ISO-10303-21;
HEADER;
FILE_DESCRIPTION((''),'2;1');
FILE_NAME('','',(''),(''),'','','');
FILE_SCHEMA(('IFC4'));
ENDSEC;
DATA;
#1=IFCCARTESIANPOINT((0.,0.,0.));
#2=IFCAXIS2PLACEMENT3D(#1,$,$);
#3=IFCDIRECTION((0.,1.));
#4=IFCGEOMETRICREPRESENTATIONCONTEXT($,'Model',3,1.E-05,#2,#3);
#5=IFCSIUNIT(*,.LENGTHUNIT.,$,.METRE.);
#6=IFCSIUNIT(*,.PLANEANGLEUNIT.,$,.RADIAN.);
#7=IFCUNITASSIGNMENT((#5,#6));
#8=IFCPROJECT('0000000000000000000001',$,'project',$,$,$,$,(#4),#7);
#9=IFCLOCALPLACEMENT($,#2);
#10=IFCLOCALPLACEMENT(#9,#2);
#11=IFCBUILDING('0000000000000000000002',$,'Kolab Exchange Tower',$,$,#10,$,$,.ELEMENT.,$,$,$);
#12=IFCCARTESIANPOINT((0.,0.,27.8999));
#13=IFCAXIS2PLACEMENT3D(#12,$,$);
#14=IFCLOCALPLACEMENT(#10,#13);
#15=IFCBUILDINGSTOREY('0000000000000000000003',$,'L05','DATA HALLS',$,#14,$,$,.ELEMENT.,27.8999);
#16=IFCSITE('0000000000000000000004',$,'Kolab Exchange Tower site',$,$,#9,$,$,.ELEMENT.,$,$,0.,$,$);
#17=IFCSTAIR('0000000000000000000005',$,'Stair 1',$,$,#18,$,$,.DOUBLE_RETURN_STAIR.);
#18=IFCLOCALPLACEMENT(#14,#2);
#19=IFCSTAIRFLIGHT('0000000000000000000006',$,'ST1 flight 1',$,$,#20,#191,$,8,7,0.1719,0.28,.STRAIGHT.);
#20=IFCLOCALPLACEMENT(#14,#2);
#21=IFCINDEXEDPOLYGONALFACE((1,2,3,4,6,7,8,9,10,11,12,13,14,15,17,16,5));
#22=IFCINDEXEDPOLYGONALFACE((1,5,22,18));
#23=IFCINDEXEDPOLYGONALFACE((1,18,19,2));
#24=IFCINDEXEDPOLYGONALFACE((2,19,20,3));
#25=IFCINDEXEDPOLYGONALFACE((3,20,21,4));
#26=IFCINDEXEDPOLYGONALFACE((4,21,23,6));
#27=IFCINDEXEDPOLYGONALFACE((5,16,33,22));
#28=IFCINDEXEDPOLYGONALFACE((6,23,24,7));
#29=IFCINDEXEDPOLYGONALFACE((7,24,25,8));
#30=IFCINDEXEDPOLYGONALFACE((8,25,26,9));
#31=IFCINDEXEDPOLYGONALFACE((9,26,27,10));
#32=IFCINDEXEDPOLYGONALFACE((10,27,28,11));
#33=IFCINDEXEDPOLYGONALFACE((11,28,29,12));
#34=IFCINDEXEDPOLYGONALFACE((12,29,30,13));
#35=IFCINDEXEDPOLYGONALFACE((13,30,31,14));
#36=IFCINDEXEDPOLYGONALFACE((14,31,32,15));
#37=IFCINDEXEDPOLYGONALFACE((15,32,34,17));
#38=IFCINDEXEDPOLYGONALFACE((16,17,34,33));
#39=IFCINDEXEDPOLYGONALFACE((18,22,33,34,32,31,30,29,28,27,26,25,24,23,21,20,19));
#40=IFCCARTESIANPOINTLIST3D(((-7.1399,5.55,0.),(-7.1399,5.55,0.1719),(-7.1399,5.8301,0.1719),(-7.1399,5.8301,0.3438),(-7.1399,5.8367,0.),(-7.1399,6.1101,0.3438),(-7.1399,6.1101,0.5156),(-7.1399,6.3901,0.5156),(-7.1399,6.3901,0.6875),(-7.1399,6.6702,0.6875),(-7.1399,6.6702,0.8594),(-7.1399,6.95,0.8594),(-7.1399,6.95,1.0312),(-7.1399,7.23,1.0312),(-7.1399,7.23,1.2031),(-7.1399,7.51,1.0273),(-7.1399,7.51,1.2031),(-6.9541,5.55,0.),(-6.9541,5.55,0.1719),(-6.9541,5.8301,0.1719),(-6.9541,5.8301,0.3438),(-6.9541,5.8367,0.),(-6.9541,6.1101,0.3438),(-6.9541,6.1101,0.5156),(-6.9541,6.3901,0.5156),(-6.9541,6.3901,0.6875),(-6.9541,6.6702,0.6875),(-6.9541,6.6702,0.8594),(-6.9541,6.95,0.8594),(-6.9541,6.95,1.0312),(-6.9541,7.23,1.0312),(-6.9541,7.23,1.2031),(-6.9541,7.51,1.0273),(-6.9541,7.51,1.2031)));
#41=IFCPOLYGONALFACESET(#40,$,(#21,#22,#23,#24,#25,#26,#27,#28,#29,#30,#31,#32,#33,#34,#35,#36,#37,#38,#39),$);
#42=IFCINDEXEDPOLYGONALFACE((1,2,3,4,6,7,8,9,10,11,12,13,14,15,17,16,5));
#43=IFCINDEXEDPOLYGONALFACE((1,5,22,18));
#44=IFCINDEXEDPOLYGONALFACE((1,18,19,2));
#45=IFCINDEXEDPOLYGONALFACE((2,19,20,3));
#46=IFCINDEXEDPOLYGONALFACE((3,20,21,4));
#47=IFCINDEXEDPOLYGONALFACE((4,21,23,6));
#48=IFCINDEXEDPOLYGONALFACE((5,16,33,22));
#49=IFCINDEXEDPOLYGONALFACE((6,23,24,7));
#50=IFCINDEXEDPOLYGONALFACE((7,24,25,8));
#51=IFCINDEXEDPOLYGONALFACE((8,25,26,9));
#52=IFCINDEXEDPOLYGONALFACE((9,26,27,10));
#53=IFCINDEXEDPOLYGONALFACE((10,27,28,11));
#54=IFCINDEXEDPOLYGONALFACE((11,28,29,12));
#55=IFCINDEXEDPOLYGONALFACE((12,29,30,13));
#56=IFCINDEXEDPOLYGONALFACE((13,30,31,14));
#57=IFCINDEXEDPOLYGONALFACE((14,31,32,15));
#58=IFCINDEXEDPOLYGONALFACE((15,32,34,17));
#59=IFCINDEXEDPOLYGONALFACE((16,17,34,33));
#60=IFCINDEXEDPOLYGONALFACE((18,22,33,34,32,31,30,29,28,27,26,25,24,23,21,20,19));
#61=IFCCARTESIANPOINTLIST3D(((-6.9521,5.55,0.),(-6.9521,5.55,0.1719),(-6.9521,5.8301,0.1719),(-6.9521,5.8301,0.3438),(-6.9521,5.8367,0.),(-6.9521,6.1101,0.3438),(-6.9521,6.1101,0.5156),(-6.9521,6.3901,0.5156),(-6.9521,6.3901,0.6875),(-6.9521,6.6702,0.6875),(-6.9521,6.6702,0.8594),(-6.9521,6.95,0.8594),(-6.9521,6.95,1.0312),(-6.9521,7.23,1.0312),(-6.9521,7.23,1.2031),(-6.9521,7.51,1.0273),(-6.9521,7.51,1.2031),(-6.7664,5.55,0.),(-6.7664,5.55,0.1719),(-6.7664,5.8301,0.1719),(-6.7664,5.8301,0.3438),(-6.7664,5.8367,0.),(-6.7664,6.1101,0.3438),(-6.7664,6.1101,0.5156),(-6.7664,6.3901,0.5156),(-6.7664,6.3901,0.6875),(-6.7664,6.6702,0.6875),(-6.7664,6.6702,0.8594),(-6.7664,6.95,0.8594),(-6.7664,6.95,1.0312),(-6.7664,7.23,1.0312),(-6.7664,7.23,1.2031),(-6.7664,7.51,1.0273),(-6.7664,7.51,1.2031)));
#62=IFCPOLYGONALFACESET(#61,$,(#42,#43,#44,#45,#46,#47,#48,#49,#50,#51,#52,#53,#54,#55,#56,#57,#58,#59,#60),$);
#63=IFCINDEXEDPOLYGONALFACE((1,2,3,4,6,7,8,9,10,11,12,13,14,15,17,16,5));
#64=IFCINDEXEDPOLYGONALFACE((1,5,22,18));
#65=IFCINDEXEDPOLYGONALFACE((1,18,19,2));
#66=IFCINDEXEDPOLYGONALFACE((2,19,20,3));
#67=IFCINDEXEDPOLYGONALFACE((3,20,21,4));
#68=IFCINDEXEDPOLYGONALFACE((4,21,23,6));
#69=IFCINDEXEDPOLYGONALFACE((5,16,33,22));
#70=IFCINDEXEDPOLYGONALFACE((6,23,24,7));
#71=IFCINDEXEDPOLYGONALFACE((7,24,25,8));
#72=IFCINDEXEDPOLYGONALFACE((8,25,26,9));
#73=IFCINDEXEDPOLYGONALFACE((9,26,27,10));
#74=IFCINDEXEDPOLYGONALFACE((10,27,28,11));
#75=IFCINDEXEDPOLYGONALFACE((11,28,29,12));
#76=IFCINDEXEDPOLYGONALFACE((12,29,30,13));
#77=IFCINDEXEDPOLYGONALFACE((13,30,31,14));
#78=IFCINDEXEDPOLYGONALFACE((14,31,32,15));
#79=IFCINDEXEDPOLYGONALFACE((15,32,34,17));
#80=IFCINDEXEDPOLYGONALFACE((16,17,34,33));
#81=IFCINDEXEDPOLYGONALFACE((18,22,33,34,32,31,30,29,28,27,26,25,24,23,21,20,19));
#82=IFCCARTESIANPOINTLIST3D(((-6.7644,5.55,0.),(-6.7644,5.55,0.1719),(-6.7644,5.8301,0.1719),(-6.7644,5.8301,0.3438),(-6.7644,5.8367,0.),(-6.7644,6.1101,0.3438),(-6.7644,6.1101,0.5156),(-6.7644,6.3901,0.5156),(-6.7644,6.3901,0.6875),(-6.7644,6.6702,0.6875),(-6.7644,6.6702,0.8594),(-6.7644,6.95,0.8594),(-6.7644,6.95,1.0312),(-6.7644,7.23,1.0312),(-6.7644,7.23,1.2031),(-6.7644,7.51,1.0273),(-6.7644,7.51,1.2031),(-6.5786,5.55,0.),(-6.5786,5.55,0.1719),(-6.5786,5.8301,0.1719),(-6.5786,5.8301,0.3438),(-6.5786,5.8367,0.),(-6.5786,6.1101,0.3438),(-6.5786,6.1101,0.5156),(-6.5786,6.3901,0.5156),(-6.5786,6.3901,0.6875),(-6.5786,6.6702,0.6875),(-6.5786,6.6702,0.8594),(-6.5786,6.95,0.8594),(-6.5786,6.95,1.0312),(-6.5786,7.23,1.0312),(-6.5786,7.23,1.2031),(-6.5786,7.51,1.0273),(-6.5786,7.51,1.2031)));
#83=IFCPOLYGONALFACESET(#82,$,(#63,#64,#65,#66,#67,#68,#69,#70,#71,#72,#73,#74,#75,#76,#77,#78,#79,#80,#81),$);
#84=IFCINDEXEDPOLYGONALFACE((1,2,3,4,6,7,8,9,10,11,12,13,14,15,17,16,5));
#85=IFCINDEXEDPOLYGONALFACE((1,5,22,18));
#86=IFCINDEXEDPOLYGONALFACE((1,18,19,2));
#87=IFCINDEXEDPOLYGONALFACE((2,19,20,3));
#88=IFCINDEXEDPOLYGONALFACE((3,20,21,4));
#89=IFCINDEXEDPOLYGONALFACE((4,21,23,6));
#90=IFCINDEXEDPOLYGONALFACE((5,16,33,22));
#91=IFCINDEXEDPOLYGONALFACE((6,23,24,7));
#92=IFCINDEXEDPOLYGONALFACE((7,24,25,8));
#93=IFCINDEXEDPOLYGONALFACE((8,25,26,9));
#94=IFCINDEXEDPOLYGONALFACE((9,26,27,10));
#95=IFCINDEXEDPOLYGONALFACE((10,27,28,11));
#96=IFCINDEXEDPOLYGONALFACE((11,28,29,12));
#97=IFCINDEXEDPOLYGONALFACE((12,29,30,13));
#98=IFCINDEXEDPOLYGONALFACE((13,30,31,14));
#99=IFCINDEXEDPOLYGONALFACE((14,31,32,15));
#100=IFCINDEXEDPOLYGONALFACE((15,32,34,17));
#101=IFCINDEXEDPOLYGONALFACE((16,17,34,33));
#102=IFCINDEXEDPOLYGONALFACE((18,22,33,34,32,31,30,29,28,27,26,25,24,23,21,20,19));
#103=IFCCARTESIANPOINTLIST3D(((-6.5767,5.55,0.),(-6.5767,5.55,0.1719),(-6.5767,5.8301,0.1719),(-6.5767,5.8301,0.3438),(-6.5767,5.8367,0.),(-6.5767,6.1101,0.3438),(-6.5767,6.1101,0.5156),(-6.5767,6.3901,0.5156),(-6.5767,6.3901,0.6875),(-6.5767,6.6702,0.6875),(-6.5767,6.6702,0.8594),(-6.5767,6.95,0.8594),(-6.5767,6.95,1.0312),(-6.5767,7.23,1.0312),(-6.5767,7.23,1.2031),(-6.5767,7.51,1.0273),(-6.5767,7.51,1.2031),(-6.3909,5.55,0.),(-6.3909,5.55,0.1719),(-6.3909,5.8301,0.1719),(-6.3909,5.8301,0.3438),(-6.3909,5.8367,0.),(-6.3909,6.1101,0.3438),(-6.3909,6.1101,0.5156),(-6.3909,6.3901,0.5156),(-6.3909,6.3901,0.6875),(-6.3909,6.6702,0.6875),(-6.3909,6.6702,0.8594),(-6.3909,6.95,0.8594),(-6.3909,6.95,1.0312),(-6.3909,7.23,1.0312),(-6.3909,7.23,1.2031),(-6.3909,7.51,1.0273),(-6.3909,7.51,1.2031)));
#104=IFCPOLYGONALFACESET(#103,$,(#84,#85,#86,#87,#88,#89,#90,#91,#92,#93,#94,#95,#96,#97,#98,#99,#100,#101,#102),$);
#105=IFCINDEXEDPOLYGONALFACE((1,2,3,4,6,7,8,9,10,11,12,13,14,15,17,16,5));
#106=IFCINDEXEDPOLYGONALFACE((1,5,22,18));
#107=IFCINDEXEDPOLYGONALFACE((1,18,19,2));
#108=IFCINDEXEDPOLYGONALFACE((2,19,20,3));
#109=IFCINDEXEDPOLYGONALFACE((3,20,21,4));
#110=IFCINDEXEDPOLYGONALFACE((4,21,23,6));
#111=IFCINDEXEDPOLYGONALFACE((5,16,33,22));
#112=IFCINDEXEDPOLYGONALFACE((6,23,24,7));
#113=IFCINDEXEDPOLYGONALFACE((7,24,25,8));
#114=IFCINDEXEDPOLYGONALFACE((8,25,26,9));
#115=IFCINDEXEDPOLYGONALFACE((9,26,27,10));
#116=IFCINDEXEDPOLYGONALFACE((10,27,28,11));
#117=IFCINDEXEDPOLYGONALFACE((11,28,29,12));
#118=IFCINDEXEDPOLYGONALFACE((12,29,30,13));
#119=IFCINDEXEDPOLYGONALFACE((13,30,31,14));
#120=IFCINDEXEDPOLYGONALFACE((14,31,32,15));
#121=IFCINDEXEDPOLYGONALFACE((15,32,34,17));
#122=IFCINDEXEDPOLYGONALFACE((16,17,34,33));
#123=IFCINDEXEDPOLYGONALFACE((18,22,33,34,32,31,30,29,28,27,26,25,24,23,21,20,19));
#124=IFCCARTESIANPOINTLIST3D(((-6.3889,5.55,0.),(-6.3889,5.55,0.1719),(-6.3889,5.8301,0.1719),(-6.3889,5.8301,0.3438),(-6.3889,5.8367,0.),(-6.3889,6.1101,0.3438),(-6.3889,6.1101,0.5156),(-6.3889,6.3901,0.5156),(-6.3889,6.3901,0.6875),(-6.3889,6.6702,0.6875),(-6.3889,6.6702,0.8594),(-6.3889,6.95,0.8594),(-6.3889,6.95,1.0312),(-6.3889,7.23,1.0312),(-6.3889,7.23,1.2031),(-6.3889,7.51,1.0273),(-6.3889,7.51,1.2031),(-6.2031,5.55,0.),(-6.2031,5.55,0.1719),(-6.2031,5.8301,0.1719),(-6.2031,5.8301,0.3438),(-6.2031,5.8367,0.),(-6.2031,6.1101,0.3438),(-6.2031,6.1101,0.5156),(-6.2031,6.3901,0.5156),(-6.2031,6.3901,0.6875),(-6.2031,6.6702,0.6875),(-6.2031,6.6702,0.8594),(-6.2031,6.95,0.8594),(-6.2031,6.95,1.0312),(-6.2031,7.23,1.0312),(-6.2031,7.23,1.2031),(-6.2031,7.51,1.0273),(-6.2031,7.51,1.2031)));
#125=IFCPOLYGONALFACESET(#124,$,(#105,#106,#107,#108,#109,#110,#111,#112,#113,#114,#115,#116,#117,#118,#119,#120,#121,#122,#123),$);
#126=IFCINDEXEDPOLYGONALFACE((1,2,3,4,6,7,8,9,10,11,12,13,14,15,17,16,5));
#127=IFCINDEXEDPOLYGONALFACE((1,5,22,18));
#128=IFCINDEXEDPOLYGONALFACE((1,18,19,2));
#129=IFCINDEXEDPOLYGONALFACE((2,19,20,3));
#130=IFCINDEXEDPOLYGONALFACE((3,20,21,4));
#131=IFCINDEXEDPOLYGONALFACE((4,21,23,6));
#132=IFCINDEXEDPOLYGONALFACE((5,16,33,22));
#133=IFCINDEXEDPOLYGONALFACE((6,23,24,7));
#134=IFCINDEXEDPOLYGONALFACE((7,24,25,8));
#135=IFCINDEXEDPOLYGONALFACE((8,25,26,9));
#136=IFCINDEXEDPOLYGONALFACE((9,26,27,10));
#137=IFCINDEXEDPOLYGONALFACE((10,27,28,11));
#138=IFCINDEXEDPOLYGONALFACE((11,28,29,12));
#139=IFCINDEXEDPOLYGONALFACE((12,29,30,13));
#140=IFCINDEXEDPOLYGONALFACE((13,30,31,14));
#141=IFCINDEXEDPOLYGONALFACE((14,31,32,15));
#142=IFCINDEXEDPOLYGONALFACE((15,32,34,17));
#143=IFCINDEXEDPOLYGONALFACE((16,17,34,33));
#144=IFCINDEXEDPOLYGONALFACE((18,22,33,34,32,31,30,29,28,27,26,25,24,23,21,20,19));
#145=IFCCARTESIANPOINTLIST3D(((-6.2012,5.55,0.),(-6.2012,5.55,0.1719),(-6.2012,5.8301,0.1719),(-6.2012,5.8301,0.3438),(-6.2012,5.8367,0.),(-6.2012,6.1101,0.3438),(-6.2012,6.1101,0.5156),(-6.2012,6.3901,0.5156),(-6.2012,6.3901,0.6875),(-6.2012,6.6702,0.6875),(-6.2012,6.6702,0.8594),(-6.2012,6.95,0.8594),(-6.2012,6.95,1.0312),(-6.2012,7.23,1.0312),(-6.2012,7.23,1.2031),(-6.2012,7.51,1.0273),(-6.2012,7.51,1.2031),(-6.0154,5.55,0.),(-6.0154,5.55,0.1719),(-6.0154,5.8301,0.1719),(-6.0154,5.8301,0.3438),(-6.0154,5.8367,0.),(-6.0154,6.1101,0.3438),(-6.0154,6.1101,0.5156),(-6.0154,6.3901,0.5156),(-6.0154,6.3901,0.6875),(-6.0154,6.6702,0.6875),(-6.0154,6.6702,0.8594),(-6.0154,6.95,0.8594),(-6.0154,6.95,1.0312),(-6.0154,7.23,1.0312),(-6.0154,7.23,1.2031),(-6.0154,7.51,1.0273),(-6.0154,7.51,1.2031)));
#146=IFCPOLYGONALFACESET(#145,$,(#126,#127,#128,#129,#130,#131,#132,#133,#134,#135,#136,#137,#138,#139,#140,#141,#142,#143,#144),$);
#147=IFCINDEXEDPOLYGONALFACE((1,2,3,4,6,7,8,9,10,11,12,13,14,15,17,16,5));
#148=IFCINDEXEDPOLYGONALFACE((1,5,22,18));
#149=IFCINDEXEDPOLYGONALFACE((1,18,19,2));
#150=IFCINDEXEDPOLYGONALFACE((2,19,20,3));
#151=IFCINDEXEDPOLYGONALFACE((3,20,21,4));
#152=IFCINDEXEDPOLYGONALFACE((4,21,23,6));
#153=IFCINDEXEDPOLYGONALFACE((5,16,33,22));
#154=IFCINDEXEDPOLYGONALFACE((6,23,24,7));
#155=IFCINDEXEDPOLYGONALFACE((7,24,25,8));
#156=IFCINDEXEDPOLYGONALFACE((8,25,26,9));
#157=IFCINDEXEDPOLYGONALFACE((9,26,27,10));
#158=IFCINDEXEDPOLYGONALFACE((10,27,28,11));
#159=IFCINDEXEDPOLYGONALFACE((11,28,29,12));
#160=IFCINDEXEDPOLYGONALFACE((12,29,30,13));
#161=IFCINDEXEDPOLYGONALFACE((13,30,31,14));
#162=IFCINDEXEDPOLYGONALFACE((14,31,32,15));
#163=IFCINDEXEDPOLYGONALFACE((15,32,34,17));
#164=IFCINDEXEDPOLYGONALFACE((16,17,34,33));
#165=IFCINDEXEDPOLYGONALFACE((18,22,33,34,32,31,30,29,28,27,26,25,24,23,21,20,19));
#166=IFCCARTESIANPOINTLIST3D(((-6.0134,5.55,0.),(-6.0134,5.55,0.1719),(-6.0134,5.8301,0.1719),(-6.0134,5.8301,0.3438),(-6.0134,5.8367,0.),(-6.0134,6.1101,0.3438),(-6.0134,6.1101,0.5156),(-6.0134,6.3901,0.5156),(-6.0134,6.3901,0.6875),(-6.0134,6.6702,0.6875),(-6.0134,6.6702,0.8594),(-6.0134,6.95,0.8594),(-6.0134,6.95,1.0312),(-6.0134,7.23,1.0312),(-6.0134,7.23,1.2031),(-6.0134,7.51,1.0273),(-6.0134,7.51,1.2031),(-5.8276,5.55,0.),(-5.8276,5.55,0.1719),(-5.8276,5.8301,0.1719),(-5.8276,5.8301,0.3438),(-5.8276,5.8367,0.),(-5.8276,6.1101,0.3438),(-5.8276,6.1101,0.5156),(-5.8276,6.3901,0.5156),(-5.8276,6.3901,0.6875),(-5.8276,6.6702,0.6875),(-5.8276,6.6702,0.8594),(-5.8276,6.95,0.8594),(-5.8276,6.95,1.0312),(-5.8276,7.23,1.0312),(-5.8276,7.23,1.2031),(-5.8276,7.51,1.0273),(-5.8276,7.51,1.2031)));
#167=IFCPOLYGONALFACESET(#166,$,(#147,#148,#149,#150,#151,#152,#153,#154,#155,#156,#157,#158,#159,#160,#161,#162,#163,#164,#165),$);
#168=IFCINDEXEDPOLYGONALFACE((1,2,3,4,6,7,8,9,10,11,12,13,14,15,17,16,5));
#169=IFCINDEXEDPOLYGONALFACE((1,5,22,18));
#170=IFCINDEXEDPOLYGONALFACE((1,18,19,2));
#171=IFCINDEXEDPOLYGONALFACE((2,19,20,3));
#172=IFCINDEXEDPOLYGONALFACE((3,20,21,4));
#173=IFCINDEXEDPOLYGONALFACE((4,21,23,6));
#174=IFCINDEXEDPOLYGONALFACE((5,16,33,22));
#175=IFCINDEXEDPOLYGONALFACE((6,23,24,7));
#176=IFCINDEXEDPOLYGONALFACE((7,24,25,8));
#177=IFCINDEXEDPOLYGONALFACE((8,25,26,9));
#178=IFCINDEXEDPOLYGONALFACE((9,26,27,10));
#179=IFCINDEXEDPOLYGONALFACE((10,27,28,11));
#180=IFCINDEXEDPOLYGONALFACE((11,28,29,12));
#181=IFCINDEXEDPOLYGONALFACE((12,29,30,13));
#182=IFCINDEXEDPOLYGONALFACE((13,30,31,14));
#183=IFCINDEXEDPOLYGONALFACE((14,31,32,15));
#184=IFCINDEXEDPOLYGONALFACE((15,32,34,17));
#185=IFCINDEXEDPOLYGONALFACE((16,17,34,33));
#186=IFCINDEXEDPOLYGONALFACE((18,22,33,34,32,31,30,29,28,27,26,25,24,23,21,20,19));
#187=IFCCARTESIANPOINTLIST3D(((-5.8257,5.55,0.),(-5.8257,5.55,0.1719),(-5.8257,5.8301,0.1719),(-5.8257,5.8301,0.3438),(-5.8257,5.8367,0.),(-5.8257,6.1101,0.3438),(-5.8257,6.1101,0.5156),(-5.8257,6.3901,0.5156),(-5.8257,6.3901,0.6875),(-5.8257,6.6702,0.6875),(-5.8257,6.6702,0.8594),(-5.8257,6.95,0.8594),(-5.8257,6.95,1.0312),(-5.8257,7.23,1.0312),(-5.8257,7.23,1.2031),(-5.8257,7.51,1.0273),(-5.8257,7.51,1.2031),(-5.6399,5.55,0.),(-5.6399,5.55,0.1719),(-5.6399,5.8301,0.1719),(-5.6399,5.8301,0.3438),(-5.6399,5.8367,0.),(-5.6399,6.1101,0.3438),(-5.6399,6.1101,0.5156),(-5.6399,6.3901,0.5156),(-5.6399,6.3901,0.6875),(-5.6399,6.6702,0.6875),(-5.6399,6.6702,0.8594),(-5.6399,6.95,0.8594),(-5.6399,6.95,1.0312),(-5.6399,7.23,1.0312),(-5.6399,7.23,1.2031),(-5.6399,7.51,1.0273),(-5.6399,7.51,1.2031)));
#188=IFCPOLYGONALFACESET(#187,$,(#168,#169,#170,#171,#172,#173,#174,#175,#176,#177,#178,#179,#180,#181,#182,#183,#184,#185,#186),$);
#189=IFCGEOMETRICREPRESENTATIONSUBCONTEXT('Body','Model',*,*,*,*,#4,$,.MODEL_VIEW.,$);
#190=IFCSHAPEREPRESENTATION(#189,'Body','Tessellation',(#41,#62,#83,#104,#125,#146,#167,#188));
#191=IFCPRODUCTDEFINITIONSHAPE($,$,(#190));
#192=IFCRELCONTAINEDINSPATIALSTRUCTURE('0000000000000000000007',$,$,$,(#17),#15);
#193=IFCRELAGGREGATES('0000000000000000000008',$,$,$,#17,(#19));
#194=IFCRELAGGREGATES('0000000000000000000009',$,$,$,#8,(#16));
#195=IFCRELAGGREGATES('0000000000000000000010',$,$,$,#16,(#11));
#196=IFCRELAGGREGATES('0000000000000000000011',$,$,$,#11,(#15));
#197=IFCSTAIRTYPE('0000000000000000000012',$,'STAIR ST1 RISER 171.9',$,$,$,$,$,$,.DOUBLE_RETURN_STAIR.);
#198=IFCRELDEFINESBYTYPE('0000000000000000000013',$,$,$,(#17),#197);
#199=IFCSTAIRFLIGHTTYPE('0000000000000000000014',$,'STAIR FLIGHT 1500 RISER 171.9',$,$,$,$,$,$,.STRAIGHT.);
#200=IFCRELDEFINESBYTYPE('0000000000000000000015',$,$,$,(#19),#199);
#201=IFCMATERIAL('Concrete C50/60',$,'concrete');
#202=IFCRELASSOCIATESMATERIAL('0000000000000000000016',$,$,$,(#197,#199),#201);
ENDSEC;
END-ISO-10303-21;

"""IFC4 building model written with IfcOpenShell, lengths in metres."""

from ifc_helpers import new_model, si_unit, direction, frame, origin, place, context, subcontext, project, spatial, polyline, outline, extrude, material, type_object, element, aggregate, save


model = new_model("IFC4")

# Units and contexts
model_context = context("Model", 3, precision=1e-05, world=origin(), true_north=direction((0.0, 1.0)))
body_context = subcontext(model_context, "Body", "Model", "MODEL_VIEW")
ifc_project = project(units=[si_unit("LENGTHUNIT", "METRE"), si_unit("PLANEANGLEUNIT", "RADIAN")], contexts=[model_context])

# Site, building, storey
site_placement = place(None, origin())
site = spatial("IfcSite", under=ifc_project, at=site_placement, Name="Kolab Exchange Tower site", CompositionType="ELEMENT", RefElevation=0.0)
building_placement = place(site_placement, origin())
building = spatial("IfcBuilding", under=site, at=building_placement, Name="Kolab Exchange Tower", CompositionType="ELEMENT")
storey_placement = place(building_placement, frame((0.0, 0.0, 27.8999)))
storey = spatial("IfcBuildingStorey", under=building, at=storey_placement, Name="L05", Description="DATA HALLS", CompositionType="ELEMENT", Elevation=27.8999)

# Shared definitions
ifc_material_1 = material(Name="Concrete C50/60", Category="concrete")

# Stair, stair flight
stair_type = type_object("IfcStairType", Name="STAIR ST1 RISER 171.9", PredefinedType="DOUBLE_RETURN_STAIR", material=ifc_material_1)
stair_placement = place(storey_placement, origin())
stair = element("IfcStair", 1, at=stair_placement, inside=storey, type_object=stair_type, Name="Stair 1", PredefinedType="DOUBLE_RETURN_STAIR")
stair_flight_type = type_object("IfcStairFlightType", Name="STAIR FLIGHT 1500 RISER 171.9", PredefinedType="STRAIGHT", material=ifc_material_1)
stair_flight_1_placement = place(storey_placement, frame((-6.3899, 5.55, 0.0), z_axis=(0.0, 0.0, 1.0), x_axis=(0.0, 1.0, 0.0)))
stair_flight_1 = element("IfcStairFlight", 2, at=stair_flight_1_placement, type_object=stair_flight_type, Name="ST1 flight 1", NumberOfRisers=8, NumberOfTreads=7, PredefinedType="STRAIGHT", RiserHeight=0.1719, TreadLength=0.28, context=body_context, shape_type="SweptSolid", body=[
    extrude(outline(polyline([(0.0, 0.0), (0.0, 0.1719), (0.28, 0.1719), (0.28, 0.3438), (0.5601, 0.3438), (0.5601, 0.5156), (0.8401, 0.5156), (0.8401, 0.6875), (1.1201, 0.6875), (1.1201, 0.8594), (1.3999, 0.8594), (1.3999, 1.0312), (1.6799, 1.0312), (1.6799, 1.2031), (1.96, 1.2031), (1.96, 1.375), (1.96, 1.0273), (0.2866, 0.0), (0.0, 0.0)])), frame((0.0, 0.75, 0.0), z_axis=(0.0, -1.0, 0.0), x_axis=(1.0, 0.0, 0.0)), (0.0, 0.0, 1.0), 0.1858),
    extrude(outline(polyline([(0.0, 0.0), (0.0, 0.1719), (0.28, 0.1719), (0.28, 0.3438), (0.5601, 0.3438), (0.5601, 0.5156), (0.8401, 0.5156), (0.8401, 0.6875), (1.1201, 0.6875), (1.1201, 0.8594), (1.3999, 0.8594), (1.3999, 1.0312), (1.6799, 1.0312), (1.6799, 1.2031), (1.96, 1.2031), (1.96, 1.375), (1.96, 1.0273), (0.2866, 0.0), (0.0, 0.0)])), frame((0.0, 0.5623, 0.0), z_axis=(0.0, -1.0, 0.0), x_axis=(1.0, 0.0, 0.0)), (0.0, 0.0, 1.0), 0.1858),
    extrude(outline(polyline([(0.0, 0.0), (0.0, 0.1719), (0.28, 0.1719), (0.28, 0.3438), (0.5601, 0.3438), (0.5601, 0.5156), (0.8401, 0.5156), (0.8401, 0.6875), (1.1201, 0.6875), (1.1201, 0.8594), (1.3999, 0.8594), (1.3999, 1.0312), (1.6799, 1.0312), (1.6799, 1.2031), (1.96, 1.2031), (1.96, 1.375), (1.96, 1.0273), (0.2866, 0.0), (0.0, 0.0)])), frame((0.0, 0.3745, 0.0), z_axis=(0.0, -1.0, 0.0), x_axis=(1.0, 0.0, 0.0)), (0.0, 0.0, 1.0), 0.1858),
    extrude(outline(polyline([(0.0, 0.0), (0.0, 0.1719), (0.28, 0.1719), (0.28, 0.3438), (0.5601, 0.3438), (0.5601, 0.5156), (0.8401, 0.5156), (0.8401, 0.6875), (1.1201, 0.6875), (1.1201, 0.8594), (1.3999, 0.8594), (1.3999, 1.0312), (1.6799, 1.0312), (1.6799, 1.2031), (1.96, 1.2031), (1.96, 1.375), (1.96, 1.0273), (0.2866, 0.0), (0.0, 0.0)])), frame((0.0, 0.1868, 0.0), z_axis=(0.0, -1.0, 0.0), x_axis=(1.0, 0.0, 0.0)), (0.0, 0.0, 1.0), 0.1858),
    extrude(outline(polyline([(0.0, 0.0), (0.0, 0.1719), (0.28, 0.1719), (0.28, 0.3438), (0.5601, 0.3438), (0.5601, 0.5156), (0.8401, 0.5156), (0.8401, 0.6875), (1.1201, 0.6875), (1.1201, 0.8594), (1.3999, 0.8594), (1.3999, 1.0312), (1.6799, 1.0312), (1.6799, 1.2031), (1.96, 1.2031), (1.96, 1.375), (1.96, 1.0273), (0.2866, 0.0), (0.0, 0.0)])), frame((0.0, -0.001, 0.0), z_axis=(0.0, -1.0, 0.0), x_axis=(1.0, 0.0, 0.0)), (0.0, 0.0, 1.0), 0.1858),
    extrude(outline(polyline([(0.0, 0.0), (0.0, 0.1719), (0.28, 0.1719), (0.28, 0.3438), (0.5601, 0.3438), (0.5601, 0.5156), (0.8401, 0.5156), (0.8401, 0.6875), (1.1201, 0.6875), (1.1201, 0.8594), (1.3999, 0.8594), (1.3999, 1.0312), (1.6799, 1.0312), (1.6799, 1.2031), (1.96, 1.2031), (1.96, 1.375), (1.96, 1.0273), (0.2866, 0.0), (0.0, 0.0)])), frame((0.0, -0.1887, 0.0), z_axis=(0.0, -1.0, 0.0), x_axis=(1.0, 0.0, 0.0)), (0.0, 0.0, 1.0), 0.1858),
    extrude(outline(polyline([(0.0, 0.0), (0.0, 0.1719), (0.28, 0.1719), (0.28, 0.3438), (0.5601, 0.3438), (0.5601, 0.5156), (0.8401, 0.5156), (0.8401, 0.6875), (1.1201, 0.6875), (1.1201, 0.8594), (1.3999, 0.8594), (1.3999, 1.0312), (1.6799, 1.0312), (1.6799, 1.2031), (1.96, 1.2031), (1.96, 1.375), (1.96, 1.0273), (0.2866, 0.0), (0.0, 0.0)])), frame((0.0, -0.3765, 0.0), z_axis=(0.0, -1.0, 0.0), x_axis=(1.0, 0.0, 0.0)), (0.0, 0.0, 1.0), 0.1858),
    extrude(outline(polyline([(0.0, 0.0), (0.0, 0.1719), (0.28, 0.1719), (0.28, 0.3438), (0.5601, 0.3438), (0.5601, 0.5156), (0.8401, 0.5156), (0.8401, 0.6875), (1.1201, 0.6875), (1.1201, 0.8594), (1.3999, 0.8594), (1.3999, 1.0312), (1.6799, 1.0312), (1.6799, 1.2031), (1.96, 1.2031), (1.96, 1.375), (1.96, 1.0273), (0.2866, 0.0), (0.0, 0.0)])), frame((0.0, -0.5642, 0.0), z_axis=(0.0, -1.0, 0.0), x_axis=(1.0, 0.0, 0.0)), (0.0, 0.0, 1.0), 0.1858),
])
aggregate(stair, [stair_flight_1])

save(model, "model.ifc")
